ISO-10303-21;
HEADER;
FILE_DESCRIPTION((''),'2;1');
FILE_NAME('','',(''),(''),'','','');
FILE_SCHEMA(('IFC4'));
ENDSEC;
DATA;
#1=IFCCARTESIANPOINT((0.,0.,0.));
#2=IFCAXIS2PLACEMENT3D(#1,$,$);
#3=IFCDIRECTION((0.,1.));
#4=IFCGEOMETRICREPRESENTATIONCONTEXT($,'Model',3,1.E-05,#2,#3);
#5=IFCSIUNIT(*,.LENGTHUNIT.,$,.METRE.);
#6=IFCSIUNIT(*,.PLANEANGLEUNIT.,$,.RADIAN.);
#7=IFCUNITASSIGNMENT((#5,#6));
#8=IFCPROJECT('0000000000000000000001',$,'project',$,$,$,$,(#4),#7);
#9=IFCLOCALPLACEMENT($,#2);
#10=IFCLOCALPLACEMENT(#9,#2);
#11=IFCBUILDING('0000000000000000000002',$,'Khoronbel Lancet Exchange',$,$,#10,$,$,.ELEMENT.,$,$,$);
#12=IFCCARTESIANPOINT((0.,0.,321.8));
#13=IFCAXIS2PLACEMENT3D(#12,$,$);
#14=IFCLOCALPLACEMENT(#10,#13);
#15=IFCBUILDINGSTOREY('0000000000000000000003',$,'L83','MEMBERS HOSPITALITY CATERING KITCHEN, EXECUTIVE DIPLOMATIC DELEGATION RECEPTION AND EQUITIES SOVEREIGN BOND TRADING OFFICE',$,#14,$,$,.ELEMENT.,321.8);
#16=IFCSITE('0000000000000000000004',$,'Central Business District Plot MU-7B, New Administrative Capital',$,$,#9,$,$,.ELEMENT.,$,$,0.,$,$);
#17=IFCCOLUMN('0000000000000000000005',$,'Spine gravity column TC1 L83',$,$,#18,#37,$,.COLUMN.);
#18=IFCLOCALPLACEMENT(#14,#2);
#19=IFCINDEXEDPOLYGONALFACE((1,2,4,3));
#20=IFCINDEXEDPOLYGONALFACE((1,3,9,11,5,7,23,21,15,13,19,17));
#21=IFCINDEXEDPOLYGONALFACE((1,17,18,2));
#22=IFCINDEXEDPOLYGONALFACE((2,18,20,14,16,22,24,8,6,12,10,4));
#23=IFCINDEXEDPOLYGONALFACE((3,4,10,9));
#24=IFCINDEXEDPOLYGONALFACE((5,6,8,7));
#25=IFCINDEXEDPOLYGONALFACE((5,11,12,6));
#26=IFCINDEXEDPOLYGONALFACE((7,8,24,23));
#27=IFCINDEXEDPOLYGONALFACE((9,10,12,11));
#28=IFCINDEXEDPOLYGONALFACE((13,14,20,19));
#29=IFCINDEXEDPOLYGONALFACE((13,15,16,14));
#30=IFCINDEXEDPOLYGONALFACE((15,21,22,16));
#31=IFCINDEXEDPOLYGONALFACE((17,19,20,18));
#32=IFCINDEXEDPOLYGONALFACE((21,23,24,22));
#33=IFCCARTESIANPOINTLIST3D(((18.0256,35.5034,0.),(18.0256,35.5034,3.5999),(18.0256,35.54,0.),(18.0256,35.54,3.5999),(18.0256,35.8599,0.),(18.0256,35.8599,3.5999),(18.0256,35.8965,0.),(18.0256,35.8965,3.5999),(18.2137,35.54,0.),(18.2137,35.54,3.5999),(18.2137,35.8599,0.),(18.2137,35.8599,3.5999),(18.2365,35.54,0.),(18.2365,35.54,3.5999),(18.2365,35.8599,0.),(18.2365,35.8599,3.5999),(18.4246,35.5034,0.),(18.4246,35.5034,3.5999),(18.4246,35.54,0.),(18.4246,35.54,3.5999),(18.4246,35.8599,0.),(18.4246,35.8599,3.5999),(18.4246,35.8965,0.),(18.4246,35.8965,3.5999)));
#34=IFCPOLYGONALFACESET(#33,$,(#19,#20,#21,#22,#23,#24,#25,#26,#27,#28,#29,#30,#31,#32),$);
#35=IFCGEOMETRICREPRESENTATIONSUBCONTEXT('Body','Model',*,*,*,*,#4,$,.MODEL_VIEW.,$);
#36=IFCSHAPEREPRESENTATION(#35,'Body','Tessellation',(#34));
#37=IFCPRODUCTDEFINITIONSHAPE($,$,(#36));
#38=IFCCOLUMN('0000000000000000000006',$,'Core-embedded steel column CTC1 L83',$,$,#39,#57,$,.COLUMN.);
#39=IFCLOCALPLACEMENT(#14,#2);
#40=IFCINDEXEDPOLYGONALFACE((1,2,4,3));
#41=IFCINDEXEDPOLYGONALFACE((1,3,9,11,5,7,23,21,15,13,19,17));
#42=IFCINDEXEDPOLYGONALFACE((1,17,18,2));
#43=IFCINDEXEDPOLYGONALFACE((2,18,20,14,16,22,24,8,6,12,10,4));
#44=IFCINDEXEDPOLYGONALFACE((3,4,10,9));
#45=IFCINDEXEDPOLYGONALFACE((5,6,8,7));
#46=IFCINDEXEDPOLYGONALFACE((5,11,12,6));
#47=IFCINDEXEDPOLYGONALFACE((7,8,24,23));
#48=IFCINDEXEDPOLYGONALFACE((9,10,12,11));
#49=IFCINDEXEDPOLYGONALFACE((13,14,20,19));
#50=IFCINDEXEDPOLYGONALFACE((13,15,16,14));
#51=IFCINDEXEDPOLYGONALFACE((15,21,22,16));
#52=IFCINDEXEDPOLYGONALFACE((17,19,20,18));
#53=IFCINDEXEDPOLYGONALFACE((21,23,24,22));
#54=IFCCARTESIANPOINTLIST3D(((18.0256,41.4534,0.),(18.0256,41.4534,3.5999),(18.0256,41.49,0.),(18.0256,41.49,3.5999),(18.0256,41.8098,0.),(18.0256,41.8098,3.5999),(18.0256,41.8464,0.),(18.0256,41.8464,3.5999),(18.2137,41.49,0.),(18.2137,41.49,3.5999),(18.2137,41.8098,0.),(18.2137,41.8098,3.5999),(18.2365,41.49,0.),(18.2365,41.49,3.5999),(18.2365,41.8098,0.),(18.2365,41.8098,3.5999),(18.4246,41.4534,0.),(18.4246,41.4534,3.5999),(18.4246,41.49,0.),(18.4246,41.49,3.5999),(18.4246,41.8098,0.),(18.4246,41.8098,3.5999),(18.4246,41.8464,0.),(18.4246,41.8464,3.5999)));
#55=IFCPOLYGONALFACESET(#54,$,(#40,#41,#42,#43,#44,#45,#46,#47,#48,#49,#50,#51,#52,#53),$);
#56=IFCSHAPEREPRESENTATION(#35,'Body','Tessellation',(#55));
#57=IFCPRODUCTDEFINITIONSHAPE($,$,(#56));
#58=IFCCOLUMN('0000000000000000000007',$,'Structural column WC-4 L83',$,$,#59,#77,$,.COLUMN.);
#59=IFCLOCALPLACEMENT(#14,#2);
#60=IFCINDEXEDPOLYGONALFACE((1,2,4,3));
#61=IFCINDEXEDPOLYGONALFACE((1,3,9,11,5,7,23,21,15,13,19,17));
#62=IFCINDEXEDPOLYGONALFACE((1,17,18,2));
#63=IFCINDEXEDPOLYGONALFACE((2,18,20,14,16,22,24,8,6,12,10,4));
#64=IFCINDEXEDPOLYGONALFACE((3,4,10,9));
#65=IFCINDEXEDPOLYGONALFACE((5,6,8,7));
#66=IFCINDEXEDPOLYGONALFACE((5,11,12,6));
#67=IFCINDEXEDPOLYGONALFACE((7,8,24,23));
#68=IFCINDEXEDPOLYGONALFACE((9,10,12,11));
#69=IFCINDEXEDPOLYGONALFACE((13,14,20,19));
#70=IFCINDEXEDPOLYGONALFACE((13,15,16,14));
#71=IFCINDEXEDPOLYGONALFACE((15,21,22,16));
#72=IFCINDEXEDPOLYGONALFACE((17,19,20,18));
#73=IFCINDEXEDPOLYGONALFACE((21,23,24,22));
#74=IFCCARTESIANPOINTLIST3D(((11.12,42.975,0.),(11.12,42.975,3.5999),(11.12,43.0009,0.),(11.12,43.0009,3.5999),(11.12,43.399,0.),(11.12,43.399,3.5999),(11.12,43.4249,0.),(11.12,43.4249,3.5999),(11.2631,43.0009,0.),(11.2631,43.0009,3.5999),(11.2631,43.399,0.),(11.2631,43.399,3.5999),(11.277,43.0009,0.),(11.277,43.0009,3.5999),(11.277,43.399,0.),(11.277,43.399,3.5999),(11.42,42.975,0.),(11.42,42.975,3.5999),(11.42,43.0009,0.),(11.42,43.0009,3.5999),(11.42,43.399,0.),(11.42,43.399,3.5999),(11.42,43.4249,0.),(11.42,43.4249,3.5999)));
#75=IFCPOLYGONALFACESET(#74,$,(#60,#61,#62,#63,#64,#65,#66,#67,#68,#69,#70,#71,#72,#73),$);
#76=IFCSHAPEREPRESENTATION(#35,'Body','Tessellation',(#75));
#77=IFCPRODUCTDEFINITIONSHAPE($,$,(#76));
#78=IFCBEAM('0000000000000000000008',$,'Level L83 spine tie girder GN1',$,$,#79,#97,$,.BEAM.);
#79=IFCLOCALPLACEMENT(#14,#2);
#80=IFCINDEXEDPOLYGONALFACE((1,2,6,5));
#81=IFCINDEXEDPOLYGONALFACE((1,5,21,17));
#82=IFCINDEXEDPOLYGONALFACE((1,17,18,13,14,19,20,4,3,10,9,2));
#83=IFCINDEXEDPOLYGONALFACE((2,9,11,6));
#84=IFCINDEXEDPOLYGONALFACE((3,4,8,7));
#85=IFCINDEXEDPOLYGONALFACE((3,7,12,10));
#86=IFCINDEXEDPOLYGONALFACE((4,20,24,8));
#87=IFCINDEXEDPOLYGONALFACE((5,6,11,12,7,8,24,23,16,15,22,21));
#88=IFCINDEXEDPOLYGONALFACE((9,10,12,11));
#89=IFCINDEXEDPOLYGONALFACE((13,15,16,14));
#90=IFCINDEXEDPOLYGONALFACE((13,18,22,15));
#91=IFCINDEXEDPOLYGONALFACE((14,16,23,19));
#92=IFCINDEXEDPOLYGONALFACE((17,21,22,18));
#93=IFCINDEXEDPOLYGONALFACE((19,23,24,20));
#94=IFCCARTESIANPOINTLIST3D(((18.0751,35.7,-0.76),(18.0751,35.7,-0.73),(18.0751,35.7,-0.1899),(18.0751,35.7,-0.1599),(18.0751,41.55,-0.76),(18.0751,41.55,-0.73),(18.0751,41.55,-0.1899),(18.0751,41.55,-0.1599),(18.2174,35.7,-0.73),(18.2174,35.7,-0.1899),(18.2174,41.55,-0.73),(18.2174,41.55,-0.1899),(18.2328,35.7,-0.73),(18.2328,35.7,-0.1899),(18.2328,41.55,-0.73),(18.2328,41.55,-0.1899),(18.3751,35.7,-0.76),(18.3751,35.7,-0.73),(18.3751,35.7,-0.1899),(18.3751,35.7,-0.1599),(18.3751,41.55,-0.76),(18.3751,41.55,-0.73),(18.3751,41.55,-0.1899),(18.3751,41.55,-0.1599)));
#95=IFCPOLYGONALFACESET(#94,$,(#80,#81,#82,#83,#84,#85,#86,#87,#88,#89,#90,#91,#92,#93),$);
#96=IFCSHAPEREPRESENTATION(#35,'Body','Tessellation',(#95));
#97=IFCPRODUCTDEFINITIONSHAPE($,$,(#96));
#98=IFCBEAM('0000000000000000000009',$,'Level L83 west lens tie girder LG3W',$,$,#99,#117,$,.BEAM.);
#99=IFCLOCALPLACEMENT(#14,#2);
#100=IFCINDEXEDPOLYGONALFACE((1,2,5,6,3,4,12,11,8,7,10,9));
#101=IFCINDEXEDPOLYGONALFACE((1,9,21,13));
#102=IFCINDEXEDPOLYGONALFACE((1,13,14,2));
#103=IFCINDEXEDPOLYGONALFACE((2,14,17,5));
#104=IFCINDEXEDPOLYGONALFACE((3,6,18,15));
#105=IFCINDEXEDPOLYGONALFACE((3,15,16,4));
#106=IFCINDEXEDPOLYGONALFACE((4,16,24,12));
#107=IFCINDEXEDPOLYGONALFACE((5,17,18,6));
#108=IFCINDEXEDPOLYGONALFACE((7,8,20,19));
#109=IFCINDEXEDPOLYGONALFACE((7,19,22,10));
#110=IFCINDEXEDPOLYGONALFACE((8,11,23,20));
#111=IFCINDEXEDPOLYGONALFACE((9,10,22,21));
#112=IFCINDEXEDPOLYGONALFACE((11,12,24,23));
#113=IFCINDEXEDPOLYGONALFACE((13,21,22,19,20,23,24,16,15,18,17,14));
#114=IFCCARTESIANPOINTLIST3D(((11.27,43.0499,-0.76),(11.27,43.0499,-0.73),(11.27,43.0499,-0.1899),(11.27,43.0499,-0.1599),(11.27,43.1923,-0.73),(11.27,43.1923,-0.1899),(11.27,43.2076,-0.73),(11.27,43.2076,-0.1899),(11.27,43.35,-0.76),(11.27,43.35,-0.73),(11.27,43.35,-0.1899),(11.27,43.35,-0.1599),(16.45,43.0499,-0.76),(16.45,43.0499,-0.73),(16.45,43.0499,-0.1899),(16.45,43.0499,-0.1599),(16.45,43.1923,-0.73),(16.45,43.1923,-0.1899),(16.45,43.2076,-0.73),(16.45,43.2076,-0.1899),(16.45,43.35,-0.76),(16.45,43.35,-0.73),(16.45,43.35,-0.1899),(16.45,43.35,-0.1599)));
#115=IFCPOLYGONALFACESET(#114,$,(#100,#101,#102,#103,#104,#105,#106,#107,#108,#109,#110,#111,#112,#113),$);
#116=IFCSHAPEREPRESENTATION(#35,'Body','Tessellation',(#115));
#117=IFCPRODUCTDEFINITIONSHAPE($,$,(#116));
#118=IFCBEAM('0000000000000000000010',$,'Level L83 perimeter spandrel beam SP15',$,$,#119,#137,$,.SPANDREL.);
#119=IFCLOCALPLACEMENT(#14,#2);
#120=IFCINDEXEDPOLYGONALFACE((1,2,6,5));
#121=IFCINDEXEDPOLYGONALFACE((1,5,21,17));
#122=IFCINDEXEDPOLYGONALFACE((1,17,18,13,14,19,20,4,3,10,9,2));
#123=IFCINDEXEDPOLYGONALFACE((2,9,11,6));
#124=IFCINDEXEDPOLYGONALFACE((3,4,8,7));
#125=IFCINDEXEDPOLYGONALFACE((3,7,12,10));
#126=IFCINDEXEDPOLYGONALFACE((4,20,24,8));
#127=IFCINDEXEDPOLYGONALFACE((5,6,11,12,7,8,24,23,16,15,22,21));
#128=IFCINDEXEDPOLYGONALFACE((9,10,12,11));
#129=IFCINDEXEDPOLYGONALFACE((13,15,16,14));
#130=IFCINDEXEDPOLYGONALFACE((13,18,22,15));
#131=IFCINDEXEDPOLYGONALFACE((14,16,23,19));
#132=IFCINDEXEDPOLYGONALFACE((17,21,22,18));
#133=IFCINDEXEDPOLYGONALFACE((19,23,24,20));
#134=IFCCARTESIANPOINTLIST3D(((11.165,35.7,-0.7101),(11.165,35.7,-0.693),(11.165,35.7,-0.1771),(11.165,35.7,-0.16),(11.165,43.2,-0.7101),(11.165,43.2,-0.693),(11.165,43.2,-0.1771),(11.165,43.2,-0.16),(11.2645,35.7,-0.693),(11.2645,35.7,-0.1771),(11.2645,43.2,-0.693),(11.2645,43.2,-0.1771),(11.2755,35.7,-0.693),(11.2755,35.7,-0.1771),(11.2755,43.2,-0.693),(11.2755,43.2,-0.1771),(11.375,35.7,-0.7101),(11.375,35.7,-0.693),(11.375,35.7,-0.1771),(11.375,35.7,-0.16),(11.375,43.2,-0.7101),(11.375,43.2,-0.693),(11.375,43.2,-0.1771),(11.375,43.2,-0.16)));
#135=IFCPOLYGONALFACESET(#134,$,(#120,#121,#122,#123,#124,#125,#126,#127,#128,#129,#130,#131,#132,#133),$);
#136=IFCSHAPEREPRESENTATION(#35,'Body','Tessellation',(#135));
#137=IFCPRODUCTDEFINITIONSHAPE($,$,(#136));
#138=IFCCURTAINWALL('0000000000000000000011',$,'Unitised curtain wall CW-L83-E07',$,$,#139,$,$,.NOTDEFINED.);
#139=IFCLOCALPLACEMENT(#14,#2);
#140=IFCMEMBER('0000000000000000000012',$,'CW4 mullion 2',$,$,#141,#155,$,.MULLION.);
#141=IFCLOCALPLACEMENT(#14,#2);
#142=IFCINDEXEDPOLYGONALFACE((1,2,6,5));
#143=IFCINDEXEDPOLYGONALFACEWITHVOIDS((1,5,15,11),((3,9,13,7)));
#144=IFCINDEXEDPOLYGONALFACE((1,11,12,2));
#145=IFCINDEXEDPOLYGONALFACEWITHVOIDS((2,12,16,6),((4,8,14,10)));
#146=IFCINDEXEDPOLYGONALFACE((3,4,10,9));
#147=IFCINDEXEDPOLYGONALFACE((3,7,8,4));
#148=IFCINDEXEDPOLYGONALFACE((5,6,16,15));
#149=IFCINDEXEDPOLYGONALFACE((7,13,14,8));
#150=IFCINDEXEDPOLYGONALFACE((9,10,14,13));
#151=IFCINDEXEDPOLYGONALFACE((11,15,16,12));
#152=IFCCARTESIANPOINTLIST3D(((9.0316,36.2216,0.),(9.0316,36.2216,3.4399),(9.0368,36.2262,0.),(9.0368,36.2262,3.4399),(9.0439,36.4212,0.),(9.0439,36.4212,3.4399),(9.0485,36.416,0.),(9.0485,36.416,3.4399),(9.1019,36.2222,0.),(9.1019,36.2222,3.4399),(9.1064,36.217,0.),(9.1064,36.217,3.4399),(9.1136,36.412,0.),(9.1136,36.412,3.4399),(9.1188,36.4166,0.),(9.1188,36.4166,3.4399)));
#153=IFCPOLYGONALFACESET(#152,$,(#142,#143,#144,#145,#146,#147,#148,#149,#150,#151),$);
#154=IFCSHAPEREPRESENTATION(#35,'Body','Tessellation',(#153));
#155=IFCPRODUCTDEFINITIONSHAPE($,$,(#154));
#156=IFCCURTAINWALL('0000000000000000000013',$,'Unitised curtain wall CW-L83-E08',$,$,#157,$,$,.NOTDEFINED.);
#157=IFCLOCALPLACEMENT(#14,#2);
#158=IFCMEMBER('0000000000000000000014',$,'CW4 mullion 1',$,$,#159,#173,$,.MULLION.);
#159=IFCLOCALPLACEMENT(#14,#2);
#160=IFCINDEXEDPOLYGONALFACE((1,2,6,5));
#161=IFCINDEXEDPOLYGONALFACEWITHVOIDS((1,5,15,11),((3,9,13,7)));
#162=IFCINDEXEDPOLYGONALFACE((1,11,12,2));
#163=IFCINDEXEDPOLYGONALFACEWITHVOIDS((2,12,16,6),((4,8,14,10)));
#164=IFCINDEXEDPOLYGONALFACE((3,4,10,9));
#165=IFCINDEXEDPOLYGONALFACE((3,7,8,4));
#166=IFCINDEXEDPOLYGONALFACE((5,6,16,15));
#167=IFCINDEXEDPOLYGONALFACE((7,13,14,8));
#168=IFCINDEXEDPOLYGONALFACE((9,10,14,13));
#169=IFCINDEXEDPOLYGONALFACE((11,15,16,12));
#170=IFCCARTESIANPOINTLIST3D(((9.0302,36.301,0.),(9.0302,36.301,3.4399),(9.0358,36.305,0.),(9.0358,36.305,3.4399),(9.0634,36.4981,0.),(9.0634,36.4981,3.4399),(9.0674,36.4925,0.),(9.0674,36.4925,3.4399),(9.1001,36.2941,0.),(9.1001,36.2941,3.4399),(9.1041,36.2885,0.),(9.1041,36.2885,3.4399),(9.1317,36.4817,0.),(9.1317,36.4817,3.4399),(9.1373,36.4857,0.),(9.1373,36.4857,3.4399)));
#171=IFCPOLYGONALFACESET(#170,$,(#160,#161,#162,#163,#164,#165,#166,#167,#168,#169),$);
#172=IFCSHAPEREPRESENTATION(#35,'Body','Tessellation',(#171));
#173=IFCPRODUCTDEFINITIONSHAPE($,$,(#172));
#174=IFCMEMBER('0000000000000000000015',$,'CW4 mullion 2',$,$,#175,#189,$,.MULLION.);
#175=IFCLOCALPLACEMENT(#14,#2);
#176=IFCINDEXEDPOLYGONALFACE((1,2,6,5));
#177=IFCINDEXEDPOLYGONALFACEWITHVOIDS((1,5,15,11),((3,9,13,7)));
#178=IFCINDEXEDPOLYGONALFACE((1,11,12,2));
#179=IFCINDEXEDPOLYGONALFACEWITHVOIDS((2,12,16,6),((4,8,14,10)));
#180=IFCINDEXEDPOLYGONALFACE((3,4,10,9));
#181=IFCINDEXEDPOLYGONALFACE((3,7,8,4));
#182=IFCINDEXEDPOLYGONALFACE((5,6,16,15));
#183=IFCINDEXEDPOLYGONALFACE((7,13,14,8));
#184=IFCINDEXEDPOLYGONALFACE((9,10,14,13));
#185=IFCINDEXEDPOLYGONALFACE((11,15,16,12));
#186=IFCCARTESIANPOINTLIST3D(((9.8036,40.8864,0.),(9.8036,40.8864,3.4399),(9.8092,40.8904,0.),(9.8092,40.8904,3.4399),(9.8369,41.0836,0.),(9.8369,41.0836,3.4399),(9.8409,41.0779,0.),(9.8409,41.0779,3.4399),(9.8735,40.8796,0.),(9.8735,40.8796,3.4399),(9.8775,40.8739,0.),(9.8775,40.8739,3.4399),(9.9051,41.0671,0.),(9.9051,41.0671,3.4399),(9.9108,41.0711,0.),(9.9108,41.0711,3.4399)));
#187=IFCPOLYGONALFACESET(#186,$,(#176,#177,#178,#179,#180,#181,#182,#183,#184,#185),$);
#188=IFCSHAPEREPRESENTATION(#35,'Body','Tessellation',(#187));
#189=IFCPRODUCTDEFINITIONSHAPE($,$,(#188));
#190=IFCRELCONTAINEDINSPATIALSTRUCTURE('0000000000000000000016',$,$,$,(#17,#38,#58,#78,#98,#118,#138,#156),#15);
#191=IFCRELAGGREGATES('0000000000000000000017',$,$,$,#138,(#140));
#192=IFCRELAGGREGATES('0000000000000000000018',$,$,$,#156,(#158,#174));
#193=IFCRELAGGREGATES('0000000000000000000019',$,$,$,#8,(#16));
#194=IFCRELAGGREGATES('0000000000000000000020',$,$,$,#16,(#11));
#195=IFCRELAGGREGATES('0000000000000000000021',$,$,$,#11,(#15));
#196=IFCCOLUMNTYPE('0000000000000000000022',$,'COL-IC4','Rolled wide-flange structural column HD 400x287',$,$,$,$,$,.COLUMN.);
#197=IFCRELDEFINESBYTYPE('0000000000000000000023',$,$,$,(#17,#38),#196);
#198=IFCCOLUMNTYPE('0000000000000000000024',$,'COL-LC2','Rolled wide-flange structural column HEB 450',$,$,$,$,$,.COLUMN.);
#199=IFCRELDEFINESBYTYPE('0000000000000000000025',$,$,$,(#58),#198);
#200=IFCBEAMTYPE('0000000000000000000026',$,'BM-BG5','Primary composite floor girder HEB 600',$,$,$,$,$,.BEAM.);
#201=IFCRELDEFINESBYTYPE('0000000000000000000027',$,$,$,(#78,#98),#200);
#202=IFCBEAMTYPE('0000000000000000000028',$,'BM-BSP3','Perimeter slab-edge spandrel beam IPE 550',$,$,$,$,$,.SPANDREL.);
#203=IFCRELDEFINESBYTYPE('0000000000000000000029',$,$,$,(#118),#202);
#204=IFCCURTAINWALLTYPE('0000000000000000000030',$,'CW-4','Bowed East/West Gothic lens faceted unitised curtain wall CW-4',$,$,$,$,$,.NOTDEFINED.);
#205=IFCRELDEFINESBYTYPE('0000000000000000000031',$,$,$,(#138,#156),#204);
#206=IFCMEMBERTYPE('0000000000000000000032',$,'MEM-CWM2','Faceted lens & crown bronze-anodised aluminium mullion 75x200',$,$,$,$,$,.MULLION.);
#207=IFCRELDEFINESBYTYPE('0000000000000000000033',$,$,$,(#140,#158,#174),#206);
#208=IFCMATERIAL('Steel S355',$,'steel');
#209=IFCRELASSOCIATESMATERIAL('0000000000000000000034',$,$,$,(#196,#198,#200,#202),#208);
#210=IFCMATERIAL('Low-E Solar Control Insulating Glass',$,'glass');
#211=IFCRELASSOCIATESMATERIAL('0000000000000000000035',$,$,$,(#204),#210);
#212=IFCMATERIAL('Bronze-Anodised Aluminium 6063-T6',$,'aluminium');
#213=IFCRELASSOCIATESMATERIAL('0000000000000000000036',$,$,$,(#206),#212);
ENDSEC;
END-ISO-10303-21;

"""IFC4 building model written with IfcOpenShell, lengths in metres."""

from ifc_helpers import new_model, si_unit, direction, frame, origin, origin_2d, place, context, subcontext, project, spatial, hollow_rectangle, i_section, extrude, material, material_profile, profile_set, type_object, element, aggregate, save


model = new_model("IFC4")

# Units and contexts
model_context = context("Model", 3, precision=1e-05, world=origin(), true_north=direction((0.0, 1.0)))
body_context = subcontext(model_context, "Body", "Model", "MODEL_VIEW")
ifc_project = project(units=[si_unit("LENGTHUNIT", "METRE"), si_unit("PLANEANGLEUNIT", "RADIAN")], contexts=[model_context])

# Site, building, storey
site_placement = place(None, origin())
site = spatial("IfcSite", under=ifc_project, at=site_placement, Name="Central Business District Plot MU-7B, New Administrative Capital", CompositionType="ELEMENT", RefElevation=0.0)
building_placement = place(site_placement, origin())
building = spatial("IfcBuilding", under=site, at=building_placement, Name="Khoronbel Lancet Exchange", CompositionType="ELEMENT")
storey_placement = place(building_placement, frame((0.0, 0.0, 321.8)))
storey = spatial("IfcBuildingStorey", under=building, at=storey_placement, Name="L83", Description="MEMBERS HOSPITALITY CATERING KITCHEN, EXECUTIVE DIPLOMATIC DELEGATION RECEPTION AND EQUITIES SOVEREIGN BOND TRADING OFFICE", CompositionType="ELEMENT", Elevation=321.8)

# Columns
ifc_material_1 = material(Name="Steel S355", Category="steel")
ifc_material_profile_1 = material_profile(ifc_material_1, i_section(OverallWidth=0.3989, OverallDepth=0.3931, WebThickness=0.0227, FlangeThickness=0.0366, at=origin_2d()), Name="HD 400x287")
ifc_profile_set_1 = profile_set([ifc_material_profile_1], Name="Steel S355")
column_type_1 = type_object("IfcColumnType", Name="COL-IC4", Description="Rolled wide-flange structural column HD 400x287", PredefinedType="COLUMN", material=ifc_profile_set_1)
for number, where, z_axis, x_axis, name in (
    (1, (18.2251, 35.7, 0.0), (0.0, 0.0, 1.0), (1.0, 0.0, 0.0), "Spine gravity column TC1 L83"),
    (2, (18.2251, 41.6499, 0.0), (0.0, 0.0, 1.0), (1.0, 0.0, 0.0), "Core-embedded steel column CTC1 L83"),
):
    element("IfcColumn", number, at=place(storey_placement, frame(where, z_axis=z_axis, x_axis=x_axis)), inside=storey, type_object=column_type_1, Name=name, PredefinedType="COLUMN", context=body_context, shape_type="SweptSolid", body=[
        extrude(i_section(OverallWidth=0.3989, OverallDepth=0.3931, WebThickness=0.0227, FlangeThickness=0.0366, at=origin_2d()), origin(), (0.0, 0.0, 1.0), 3.5999),
    ])
ifc_material_profile_2 = material_profile(ifc_material_1, i_section(OverallWidth=0.3, OverallDepth=0.45, WebThickness=0.0139, FlangeThickness=0.0259, at=origin_2d()), Name="HEB 450")
ifc_profile_set_2 = profile_set([ifc_material_profile_2], Name="Steel S355")
column_type_2 = type_object("IfcColumnType", Name="COL-LC2", Description="Rolled wide-flange structural column HEB 450", PredefinedType="COLUMN", material=ifc_profile_set_2)
column_placement = place(storey_placement, frame((11.27, 43.2, 0.0), z_axis=(0.0, 0.0, 1.0), x_axis=(1.0, 0.0, 0.0)))
element("IfcColumn", 3, at=column_placement, inside=storey, type_object=column_type_2, Name="Structural column WC-4 L83", PredefinedType="COLUMN", context=body_context, shape_type="SweptSolid", body=[
    extrude(i_section(OverallWidth=0.3, OverallDepth=0.45, WebThickness=0.0139, FlangeThickness=0.0259, at=origin_2d()), origin(), (0.0, 0.0, 1.0), 3.5999),
])

# Beams
ifc_material_profile_3 = material_profile(ifc_material_1, i_section(OverallWidth=0.3, OverallDepth=0.6001, WebThickness=0.0154, FlangeThickness=0.03, at=origin_2d()), Name="HEB 600")
ifc_profile_set_3 = profile_set([ifc_material_profile_3], Name="Steel S355")
beam_type_1 = type_object("IfcBeamType", Name="BM-BG5", Description="Primary composite floor girder HEB 600", PredefinedType="BEAM", material=ifc_profile_set_3)
beam_1_placement = place(storey_placement, frame((18.2251, 35.7, -0.46), z_axis=(0.0, 1.0, 0.0), x_axis=(-1.0, 0.0, 0.0)))
element("IfcBeam", 4, at=beam_1_placement, inside=storey, type_object=beam_type_1, Name="Level L83 spine tie girder GN1", PredefinedType="BEAM", context=body_context, shape_type="SweptSolid", body=[
    extrude(i_section(OverallWidth=0.3, OverallDepth=0.6001, WebThickness=0.0154, FlangeThickness=0.03, at=origin_2d()), origin(), (0.0, 0.0, 1.0), 5.8501),
])
beam_2_placement = place(storey_placement, frame((11.27, 43.2, -0.46), z_axis=(1.0, 0.0, 0.0), x_axis=(0.0, 1.0, 0.0)))
element("IfcBeam", 5, at=beam_2_placement, inside=storey, type_object=beam_type_1, Name="Level L83 west lens tie girder LG3W", PredefinedType="BEAM", context=body_context, shape_type="SweptSolid", body=[
    extrude(i_section(OverallWidth=0.3, OverallDepth=0.6001, WebThickness=0.0154, FlangeThickness=0.03, at=origin_2d()), origin(), (0.0, 0.0, 1.0), 5.1799),
])
ifc_material_profile_4 = material_profile(ifc_material_1, i_section(OverallWidth=0.21, OverallDepth=0.55, WebThickness=0.011, FlangeThickness=0.0171, at=origin_2d()), Name="IPE 550")
ifc_profile_set_4 = profile_set([ifc_material_profile_4], Name="Steel S355")
beam_type_2 = type_object("IfcBeamType", Name="BM-BSP3", Description="Perimeter slab-edge spandrel beam IPE 550", PredefinedType="SPANDREL", material=ifc_profile_set_4)
beam_3_placement = place(storey_placement, frame((11.27, 43.2, -0.4351), z_axis=(0.0, -1.0, 0.0), x_axis=(1.0, 0.0, 0.0)))
element("IfcBeam", 6, at=beam_3_placement, inside=storey, type_object=beam_type_2, Name="Level L83 perimeter spandrel beam SP15", PredefinedType="SPANDREL", context=body_context, shape_type="SweptSolid", body=[
    extrude(i_section(OverallWidth=0.21, OverallDepth=0.55, WebThickness=0.011, FlangeThickness=0.0171, at=origin_2d()), origin(), (0.0, 0.0, 1.0), 7.5),
])

# Curtain wall, member
ifc_material_2 = material(Name="Low-E Solar Control Insulating Glass", Category="glass")
curtain_wall_type = type_object("IfcCurtainWallType", Name="CW-4", Description="Bowed East/West Gothic lens faceted unitised curtain wall CW-4", PredefinedType="NOTDEFINED", material=ifc_material_2)
curtain_wall_1_placement = place(storey_placement, origin())
curtain_wall_1 = element("IfcCurtainWall", 7, at=curtain_wall_1_placement, inside=storey, type_object=curtain_wall_type, Name="Unitised curtain wall CW-L83-E07", PredefinedType="NOTDEFINED")
ifc_material_3 = material(Name="Bronze-Anodised Aluminium 6063-T6", Category="aluminium")
ifc_material_profile_5 = material_profile(ifc_material_3, hollow_rectangle(XDim=0.075, YDim=0.2, WallThickness=0.0049, at=origin_2d()), Name="ALU MULLION 75x200")
ifc_profile_set_5 = profile_set([ifc_material_profile_5], Name="Bronze-Anodised Aluminium 6063-T6")
member_type_1 = type_object("IfcMemberType", Name="MEM-CWM2", Description="Faceted lens & crown bronze-anodised aluminium mullion 75x200", PredefinedType="MULLION", material=ifc_profile_set_5)
member_1_placement = place(storey_placement, frame((9.0752, 36.3191, 0.0), z_axis=(0.0, 0.0, 1.0), x_axis=(-0.998102, 0.061583, 0.0)))
member_1 = element("IfcMember", 8, at=member_1_placement, type_object=member_type_1, Name="CW4 mullion 2", PredefinedType="MULLION", context=body_context, shape_type="SweptSolid", body=[
    extrude(hollow_rectangle(XDim=0.075, YDim=0.2, WallThickness=0.0049, at=origin_2d()), origin(), (0.0, 0.0, 1.0), 3.4399),
])
aggregate(curtain_wall_1, [member_1])

# Curtain wall, members
curtain_wall_2_placement = place(storey_placement, origin())
curtain_wall_2 = element("IfcCurtainWall", 9, at=curtain_wall_2_placement, inside=storey, type_object=curtain_wall_type, Name="Unitised curtain wall CW-L83-E08", PredefinedType="NOTDEFINED")
member_2_placement = place(storey_placement, frame((9.0837, 36.3933, 0.0), z_axis=(0.0, 0.0, 1.0), x_axis=(-0.986075, 0.166303, 0.0)))
member_2 = element("IfcMember", 10, at=member_2_placement, type_object=member_type_1, Name="CW4 mullion 1", PredefinedType="MULLION", context=body_context, shape_type="SweptSolid", body=[
    extrude(hollow_rectangle(XDim=0.075, YDim=0.2, WallThickness=0.0049, at=origin_2d()), origin(), (0.0, 0.0, 1.0), 3.4399),
])
member_3_placement = place(storey_placement, frame((9.8572, 40.9788, 0.0), z_axis=(0.0, 0.0, 1.0), x_axis=(-0.986075, 0.166303, 0.0)))
member_3 = element("IfcMember", 11, at=member_3_placement, type_object=member_type_1, Name="CW4 mullion 2", PredefinedType="MULLION", context=body_context, shape_type="SweptSolid", body=[
    extrude(hollow_rectangle(XDim=0.075, YDim=0.2, WallThickness=0.0049, at=origin_2d()), origin(), (0.0, 0.0, 1.0), 3.4399),
])

aggregate(curtain_wall_2, [member_2, member_3])

save(model, "model.ifc")
